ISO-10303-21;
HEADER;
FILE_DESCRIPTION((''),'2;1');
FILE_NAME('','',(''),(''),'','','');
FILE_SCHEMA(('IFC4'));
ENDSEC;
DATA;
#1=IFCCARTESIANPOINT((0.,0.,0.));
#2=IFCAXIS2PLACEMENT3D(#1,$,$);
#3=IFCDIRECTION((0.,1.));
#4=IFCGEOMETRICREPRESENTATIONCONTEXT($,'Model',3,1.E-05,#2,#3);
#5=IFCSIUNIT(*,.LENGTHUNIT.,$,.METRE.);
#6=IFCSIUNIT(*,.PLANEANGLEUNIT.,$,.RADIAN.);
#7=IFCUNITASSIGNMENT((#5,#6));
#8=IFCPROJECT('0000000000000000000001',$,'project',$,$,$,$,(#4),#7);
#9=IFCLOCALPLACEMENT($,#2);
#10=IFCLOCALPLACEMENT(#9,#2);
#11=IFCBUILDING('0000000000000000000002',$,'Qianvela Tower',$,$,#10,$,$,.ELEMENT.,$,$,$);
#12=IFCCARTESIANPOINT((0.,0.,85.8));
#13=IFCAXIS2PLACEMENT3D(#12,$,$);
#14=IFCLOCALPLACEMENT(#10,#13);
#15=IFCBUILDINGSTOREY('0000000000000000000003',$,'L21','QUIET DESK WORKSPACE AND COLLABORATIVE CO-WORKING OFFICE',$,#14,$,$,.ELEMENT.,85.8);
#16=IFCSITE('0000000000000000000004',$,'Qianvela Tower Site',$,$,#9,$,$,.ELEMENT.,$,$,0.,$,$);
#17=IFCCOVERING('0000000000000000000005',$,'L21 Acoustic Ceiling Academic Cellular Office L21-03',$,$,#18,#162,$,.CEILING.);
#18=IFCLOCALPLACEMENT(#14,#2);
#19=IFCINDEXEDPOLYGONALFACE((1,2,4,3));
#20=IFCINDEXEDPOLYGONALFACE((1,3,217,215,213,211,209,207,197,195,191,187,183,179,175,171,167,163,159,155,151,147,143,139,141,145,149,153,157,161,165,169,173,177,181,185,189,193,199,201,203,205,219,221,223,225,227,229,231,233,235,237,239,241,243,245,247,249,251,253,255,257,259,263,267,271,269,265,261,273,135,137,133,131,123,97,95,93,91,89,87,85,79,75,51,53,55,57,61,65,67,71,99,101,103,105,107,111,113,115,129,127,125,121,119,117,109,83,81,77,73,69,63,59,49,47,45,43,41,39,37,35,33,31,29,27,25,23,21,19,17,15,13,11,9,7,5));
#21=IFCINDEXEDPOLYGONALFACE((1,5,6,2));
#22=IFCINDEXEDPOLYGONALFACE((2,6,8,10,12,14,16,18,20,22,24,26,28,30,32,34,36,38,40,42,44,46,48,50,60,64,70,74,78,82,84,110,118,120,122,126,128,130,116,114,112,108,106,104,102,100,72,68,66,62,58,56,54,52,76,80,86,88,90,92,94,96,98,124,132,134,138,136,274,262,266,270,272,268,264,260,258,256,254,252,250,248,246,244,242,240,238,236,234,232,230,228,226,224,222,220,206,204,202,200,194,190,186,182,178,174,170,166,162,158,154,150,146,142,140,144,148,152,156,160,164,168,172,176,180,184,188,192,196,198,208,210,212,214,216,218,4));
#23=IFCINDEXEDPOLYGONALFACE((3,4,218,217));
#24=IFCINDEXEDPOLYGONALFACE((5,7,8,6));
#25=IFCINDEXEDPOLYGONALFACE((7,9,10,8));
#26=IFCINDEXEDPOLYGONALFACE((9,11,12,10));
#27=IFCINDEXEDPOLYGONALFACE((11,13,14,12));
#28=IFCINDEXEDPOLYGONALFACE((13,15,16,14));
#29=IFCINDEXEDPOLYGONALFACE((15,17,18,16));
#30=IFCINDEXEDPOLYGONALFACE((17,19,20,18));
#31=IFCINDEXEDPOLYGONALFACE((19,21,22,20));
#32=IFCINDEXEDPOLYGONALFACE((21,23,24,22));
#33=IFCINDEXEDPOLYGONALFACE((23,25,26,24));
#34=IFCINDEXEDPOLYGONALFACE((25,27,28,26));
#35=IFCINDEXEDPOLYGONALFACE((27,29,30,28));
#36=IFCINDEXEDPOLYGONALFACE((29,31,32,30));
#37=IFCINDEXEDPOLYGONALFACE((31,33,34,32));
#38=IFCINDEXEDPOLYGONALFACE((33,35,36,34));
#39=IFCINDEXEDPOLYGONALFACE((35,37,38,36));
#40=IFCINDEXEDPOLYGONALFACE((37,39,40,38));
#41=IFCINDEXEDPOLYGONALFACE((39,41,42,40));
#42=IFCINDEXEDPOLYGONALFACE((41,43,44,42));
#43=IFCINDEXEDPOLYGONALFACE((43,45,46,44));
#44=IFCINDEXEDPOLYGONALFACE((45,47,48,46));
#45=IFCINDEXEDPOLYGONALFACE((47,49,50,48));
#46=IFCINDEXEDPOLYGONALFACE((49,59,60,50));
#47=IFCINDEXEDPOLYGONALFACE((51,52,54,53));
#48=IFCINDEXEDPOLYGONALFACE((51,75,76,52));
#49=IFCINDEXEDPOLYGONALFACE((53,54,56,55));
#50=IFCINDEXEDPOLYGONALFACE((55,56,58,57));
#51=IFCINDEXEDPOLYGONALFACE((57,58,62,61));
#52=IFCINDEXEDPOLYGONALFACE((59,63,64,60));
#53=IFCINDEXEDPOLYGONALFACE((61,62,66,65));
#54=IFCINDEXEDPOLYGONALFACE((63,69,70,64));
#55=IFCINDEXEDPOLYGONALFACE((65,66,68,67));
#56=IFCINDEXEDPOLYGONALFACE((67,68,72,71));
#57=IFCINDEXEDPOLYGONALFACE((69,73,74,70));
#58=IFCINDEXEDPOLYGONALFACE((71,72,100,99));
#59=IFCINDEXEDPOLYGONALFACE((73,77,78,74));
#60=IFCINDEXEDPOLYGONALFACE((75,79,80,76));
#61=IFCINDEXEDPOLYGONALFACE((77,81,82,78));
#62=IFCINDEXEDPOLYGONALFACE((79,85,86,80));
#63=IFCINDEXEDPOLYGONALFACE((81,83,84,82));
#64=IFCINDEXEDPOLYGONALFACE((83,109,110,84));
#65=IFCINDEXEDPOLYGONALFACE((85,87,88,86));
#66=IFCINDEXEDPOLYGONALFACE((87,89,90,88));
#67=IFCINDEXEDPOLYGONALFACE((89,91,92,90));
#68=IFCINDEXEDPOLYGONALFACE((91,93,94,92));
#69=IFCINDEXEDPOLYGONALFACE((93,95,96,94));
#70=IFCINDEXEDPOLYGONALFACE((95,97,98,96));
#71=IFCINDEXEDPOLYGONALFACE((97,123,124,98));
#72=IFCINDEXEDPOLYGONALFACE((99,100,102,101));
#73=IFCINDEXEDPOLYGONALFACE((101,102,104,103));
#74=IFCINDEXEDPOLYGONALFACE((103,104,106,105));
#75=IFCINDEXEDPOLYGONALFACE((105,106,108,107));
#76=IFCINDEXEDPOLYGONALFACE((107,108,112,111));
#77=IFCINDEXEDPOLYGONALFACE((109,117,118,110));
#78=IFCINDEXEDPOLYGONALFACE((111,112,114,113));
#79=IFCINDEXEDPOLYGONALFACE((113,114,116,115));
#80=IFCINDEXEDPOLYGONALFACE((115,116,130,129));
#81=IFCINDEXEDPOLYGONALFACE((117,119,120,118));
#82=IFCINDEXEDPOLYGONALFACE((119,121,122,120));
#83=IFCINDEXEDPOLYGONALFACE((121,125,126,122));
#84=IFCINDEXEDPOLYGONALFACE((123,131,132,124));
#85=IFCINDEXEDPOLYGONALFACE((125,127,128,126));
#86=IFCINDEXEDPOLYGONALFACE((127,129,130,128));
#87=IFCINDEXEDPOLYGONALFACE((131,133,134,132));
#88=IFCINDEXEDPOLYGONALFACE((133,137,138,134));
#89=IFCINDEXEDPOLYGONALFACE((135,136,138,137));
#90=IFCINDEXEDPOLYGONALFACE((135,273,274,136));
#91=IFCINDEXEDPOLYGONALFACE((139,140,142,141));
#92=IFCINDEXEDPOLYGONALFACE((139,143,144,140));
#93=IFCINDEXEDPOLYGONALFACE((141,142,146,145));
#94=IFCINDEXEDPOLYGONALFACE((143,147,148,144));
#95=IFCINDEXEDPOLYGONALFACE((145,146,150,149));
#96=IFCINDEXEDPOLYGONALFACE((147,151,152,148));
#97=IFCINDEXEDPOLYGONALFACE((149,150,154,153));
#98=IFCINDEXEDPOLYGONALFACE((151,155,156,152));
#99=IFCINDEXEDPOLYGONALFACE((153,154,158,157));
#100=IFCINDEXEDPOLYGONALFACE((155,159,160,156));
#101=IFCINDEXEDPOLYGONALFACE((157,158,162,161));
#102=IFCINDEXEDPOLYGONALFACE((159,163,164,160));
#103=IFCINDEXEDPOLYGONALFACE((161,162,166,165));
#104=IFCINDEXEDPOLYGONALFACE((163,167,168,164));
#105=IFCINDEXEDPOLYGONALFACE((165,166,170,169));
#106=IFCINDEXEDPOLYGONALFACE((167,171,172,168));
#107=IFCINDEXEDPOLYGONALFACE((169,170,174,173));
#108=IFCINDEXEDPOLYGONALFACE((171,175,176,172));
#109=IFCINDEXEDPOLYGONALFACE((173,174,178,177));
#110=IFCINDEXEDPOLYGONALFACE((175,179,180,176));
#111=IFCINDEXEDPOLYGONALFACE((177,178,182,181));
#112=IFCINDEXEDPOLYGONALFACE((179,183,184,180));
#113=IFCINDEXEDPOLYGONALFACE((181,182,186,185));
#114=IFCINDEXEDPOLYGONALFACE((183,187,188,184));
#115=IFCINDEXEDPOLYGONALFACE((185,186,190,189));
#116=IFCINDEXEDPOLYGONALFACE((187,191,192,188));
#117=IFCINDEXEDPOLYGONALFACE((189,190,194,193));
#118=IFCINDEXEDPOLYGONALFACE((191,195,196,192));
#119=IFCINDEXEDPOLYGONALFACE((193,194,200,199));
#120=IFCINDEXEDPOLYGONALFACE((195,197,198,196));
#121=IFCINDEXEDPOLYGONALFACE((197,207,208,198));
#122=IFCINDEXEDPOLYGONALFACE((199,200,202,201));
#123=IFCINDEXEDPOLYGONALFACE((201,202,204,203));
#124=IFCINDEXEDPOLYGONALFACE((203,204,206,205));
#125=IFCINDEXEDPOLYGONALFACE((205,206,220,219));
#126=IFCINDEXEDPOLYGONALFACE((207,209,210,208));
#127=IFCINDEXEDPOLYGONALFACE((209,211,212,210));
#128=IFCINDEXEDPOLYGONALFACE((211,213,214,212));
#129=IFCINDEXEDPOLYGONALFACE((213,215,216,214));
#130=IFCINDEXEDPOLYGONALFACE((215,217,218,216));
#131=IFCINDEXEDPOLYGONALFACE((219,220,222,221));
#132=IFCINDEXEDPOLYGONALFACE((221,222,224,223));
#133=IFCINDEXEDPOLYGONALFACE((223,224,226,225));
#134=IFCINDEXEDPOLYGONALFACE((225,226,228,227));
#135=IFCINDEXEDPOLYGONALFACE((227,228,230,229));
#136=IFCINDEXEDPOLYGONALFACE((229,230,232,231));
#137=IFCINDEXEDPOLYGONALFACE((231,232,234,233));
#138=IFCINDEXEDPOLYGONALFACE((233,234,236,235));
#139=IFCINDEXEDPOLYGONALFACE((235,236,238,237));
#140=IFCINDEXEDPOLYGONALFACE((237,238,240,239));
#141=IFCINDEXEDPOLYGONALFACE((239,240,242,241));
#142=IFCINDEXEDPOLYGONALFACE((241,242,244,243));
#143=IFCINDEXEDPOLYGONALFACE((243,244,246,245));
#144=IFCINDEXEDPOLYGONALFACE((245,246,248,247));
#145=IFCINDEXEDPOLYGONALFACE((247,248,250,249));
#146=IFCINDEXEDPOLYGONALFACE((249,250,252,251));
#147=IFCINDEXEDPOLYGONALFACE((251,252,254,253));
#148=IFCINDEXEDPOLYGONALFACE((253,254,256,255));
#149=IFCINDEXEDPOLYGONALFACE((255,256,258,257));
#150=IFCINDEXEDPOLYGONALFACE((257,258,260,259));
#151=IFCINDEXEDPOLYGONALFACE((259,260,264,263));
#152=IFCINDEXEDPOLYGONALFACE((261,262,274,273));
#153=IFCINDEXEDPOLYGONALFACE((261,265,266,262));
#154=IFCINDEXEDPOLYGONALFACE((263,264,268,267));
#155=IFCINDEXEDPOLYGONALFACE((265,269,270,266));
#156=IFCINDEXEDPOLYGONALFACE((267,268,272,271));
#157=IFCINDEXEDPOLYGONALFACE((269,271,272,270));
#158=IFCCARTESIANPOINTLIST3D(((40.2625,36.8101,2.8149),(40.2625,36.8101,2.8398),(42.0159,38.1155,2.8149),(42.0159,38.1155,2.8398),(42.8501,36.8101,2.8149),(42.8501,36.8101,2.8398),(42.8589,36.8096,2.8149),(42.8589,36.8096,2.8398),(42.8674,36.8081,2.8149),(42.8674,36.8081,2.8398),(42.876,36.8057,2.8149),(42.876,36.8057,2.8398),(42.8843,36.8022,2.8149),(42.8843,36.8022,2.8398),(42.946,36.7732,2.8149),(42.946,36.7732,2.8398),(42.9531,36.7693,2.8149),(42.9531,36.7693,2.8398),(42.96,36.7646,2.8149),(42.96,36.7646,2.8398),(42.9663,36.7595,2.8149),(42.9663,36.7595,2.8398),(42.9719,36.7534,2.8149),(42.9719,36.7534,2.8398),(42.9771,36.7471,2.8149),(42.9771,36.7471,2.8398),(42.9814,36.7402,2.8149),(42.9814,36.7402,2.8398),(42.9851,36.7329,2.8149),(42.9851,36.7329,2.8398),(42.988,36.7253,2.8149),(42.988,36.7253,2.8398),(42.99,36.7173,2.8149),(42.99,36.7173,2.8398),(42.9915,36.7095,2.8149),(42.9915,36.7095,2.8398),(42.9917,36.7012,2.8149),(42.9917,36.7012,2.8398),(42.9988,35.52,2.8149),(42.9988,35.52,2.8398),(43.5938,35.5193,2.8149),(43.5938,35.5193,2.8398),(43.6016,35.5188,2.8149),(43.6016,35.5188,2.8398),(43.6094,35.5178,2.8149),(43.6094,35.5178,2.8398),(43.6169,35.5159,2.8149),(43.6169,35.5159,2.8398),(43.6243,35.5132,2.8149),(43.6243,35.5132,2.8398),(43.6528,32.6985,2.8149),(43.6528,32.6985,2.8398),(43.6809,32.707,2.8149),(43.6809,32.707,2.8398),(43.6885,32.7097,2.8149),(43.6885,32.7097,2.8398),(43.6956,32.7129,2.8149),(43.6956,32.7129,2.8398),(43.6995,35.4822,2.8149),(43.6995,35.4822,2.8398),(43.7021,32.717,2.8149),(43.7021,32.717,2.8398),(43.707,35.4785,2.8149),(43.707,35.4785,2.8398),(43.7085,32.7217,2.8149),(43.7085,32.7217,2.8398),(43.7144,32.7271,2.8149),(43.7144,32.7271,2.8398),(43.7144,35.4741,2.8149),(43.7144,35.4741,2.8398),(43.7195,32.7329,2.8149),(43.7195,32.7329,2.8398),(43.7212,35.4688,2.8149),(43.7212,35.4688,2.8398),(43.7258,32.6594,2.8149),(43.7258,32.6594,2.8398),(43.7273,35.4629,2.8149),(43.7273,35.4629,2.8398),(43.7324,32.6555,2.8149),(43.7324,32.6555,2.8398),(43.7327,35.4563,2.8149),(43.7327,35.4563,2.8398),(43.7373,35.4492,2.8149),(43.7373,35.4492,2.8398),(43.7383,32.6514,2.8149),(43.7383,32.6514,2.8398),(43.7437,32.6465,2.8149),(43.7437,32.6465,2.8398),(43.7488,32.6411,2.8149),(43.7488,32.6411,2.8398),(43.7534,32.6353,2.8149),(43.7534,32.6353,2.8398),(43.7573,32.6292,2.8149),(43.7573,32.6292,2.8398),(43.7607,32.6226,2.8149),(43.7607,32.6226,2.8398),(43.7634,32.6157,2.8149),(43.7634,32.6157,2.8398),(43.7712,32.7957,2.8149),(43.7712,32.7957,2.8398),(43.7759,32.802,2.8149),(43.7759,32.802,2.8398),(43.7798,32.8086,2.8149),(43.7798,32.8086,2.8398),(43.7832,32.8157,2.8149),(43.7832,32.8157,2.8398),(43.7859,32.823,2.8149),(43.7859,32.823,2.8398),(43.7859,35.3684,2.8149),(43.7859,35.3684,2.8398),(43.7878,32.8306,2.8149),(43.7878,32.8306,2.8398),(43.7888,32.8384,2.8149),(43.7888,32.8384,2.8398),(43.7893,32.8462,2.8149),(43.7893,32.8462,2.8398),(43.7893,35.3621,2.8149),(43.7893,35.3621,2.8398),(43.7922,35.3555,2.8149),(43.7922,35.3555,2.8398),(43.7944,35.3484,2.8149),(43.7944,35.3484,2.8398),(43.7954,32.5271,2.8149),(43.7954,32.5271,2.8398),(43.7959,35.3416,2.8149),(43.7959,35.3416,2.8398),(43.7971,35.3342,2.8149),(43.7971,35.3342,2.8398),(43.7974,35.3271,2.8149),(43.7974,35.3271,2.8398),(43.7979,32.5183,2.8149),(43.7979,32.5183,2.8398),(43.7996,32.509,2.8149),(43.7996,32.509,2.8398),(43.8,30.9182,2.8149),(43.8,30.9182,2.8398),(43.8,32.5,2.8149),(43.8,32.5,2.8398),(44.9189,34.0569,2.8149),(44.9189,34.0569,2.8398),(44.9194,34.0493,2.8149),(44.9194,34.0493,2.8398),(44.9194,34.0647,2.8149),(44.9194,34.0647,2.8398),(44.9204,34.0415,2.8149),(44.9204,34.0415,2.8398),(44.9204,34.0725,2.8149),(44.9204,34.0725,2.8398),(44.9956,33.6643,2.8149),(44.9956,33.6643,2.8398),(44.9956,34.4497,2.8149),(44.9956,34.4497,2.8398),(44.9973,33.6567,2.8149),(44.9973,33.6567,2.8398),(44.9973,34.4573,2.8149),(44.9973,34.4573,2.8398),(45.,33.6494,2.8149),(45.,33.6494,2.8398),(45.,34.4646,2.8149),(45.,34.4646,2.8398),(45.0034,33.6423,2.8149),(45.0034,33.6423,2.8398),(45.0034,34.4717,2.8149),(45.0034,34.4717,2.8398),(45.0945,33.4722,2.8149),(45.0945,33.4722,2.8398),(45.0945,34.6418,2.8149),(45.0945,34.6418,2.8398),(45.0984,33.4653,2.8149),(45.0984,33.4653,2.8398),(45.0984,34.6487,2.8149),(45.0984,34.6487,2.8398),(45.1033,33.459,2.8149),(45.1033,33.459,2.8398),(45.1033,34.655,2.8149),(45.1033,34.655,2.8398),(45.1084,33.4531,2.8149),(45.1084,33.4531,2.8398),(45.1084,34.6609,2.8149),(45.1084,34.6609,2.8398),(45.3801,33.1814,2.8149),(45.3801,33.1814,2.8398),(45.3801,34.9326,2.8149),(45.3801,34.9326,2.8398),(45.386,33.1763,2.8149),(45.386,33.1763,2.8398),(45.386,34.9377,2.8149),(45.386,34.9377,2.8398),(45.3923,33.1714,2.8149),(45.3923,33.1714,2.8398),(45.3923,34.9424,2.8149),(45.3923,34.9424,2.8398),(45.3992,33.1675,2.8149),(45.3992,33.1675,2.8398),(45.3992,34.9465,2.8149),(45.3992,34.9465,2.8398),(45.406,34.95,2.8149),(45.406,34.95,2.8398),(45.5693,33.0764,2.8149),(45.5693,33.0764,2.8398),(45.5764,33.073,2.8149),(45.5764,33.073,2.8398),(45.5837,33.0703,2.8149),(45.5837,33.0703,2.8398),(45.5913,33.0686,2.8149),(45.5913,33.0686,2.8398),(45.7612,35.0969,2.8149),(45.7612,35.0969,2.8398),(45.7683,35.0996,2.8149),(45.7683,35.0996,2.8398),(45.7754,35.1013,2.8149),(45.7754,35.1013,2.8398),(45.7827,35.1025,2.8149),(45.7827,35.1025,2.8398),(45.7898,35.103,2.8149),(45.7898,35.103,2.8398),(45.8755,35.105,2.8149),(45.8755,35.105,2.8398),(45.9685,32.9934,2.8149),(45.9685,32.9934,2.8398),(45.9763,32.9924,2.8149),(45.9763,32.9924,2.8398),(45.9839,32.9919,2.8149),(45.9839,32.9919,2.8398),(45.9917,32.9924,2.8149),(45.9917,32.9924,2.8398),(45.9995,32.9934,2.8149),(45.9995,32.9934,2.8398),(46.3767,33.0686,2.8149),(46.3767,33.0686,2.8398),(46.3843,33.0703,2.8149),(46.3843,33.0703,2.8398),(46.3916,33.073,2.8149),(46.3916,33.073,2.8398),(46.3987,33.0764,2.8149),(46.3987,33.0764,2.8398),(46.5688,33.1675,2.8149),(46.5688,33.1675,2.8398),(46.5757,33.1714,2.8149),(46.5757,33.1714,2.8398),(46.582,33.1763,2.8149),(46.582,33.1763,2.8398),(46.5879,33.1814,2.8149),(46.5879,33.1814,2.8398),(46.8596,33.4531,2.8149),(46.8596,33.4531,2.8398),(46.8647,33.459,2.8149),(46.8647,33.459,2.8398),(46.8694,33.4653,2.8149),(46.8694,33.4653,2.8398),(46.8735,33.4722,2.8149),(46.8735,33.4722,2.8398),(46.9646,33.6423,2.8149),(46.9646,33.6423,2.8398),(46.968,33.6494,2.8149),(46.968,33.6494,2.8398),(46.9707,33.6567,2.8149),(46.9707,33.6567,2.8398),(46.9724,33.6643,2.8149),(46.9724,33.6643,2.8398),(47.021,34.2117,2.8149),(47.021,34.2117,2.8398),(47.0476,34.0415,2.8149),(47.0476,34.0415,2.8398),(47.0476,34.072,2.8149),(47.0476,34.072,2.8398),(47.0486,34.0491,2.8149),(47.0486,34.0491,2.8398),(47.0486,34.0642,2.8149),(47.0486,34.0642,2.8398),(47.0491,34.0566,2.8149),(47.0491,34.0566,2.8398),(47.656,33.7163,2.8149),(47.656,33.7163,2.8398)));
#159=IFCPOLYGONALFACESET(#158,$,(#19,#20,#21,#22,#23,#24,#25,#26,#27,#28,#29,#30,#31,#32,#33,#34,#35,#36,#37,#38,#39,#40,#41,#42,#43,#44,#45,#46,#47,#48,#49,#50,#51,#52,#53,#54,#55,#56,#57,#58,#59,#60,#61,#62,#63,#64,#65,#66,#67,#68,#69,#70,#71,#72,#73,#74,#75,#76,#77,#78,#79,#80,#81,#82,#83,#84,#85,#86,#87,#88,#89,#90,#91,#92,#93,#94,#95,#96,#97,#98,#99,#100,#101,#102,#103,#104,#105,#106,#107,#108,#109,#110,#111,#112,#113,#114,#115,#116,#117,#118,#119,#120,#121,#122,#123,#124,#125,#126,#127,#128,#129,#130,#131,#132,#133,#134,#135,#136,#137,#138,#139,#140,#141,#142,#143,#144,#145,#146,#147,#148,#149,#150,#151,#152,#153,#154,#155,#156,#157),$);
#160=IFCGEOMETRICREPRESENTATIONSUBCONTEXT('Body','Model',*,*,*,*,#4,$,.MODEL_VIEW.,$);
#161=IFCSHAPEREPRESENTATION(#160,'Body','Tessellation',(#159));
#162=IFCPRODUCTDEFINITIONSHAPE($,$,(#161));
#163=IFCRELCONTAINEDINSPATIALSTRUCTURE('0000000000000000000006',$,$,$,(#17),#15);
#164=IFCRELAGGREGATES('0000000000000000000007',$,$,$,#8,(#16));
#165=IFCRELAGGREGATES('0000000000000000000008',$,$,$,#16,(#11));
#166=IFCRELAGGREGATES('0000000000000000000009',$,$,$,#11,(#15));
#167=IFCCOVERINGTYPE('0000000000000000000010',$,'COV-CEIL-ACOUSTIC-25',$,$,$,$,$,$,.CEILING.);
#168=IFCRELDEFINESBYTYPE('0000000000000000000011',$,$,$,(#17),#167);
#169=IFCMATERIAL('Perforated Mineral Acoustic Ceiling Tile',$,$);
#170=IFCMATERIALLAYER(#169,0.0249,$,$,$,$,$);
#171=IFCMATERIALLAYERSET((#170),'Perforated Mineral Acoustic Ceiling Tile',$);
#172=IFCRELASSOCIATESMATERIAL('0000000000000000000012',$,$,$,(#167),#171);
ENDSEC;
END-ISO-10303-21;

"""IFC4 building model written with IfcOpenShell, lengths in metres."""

from ifc_helpers import new_model, si_unit, direction, frame, origin, place, context, subcontext, project, spatial, polyline, outline, extrude, material, layer, layer_set, type_object, element, save


model = new_model("IFC4")

# Units and contexts
model_context = context("Model", 3, precision=1e-05, world=origin(), true_north=direction((0.0, 1.0)))
body_context = subcontext(model_context, "Body", "Model", "MODEL_VIEW")
ifc_project = project(units=[si_unit("LENGTHUNIT", "METRE"), si_unit("PLANEANGLEUNIT", "RADIAN")], contexts=[model_context])

# Site, building, storey
site_placement = place(None, origin())
site = spatial("IfcSite", under=ifc_project, at=site_placement, Name="Qianvela Tower Site", CompositionType="ELEMENT", RefElevation=0.0)
building_placement = place(site_placement, origin())
building = spatial("IfcBuilding", under=site, at=building_placement, Name="Qianvela Tower", CompositionType="ELEMENT")
storey_placement = place(building_placement, frame((0.0, 0.0, 85.8)))
storey = spatial("IfcBuildingStorey", under=building, at=storey_placement, Name="L21", Description="QUIET DESK WORKSPACE AND COLLABORATIVE CO-WORKING OFFICE", CompositionType="ELEMENT", Elevation=85.8)

# Covering
ifc_material_1 = material(Name="Perforated Mineral Acoustic Ceiling Tile")
ifc_layer_1 = layer(ifc_material_1, 0.0249)
ifc_layer_set_1 = layer_set([ifc_layer_1], Name="Perforated Mineral Acoustic Ceiling Tile")
covering_type_1 = type_object("IfcCoveringType", Name="COV-CEIL-ACOUSTIC-25", PredefinedType="CEILING", material=ifc_layer_set_1)
covering_1_placement = place(storey_placement, frame((0.0, 0.0, 2.8149)))
element("IfcCovering", 1, at=covering_1_placement, inside=storey, type_object=covering_type_1, Name="L21 Acoustic Ceiling Academic Cellular Office L21-03", PredefinedType="CEILING", context=body_context, shape_type="SweptSolid", body=[
    extrude(outline(polyline([(43.6528, 32.6985), (43.6809, 32.707), (43.6885, 32.7097), (43.6956, 32.7129), (43.7021, 32.717), (43.7085, 32.7217), (43.7144, 32.7271), (43.7195, 32.7329), (43.7712, 32.7957), (43.7759, 32.802), (43.7798, 32.8086), (43.7832, 32.8157), (43.7859, 32.823), (43.7878, 32.8306), (43.7888, 32.8384), (43.7893, 32.8462), (43.7974, 35.3271), (43.7971, 35.3342), (43.7959, 35.3416), (43.7944, 35.3484), (43.7922, 35.3555), (43.7893, 35.3621), (43.7859, 35.3684), (43.7373, 35.4492), (43.7327, 35.4563), (43.7273, 35.4629), (43.7212, 35.4688), (43.7144, 35.4741), (43.707, 35.4785), (43.6995, 35.4822), (43.6243, 35.5132), (43.6169, 35.5159), (43.6094, 35.5178), (43.6016, 35.5188), (43.5938, 35.5193), (42.9988, 35.52), (42.9917, 36.7012), (42.9915, 36.7095), (42.99, 36.7173), (42.988, 36.7253), (42.9851, 36.7329), (42.9814, 36.7402), (42.9771, 36.7471), (42.9719, 36.7534), (42.9663, 36.7595), (42.96, 36.7646), (42.9531, 36.7693), (42.946, 36.7732), (42.8843, 36.8022), (42.876, 36.8057), (42.8674, 36.8081), (42.8589, 36.8096), (42.8501, 36.8101), (40.2625, 36.8101), (42.0159, 38.1155), (45.8755, 35.105), (45.7898, 35.103), (45.7827, 35.1025), (45.7754, 35.1013), (45.7683, 35.0996), (45.7612, 35.0969), (45.406, 34.95), (45.3992, 34.9465), (45.3923, 34.9424), (45.386, 34.9377), (45.3801, 34.9326), (45.1084, 34.6609), (45.1033, 34.655), (45.0984, 34.6487), (45.0945, 34.6418), (45.0034, 34.4717), (45.0, 34.4646), (44.9973, 34.4573), (44.9956, 34.4497), (44.9204, 34.0725), (44.9194, 34.0647), (44.9189, 34.0569), (44.9194, 34.0493), (44.9204, 34.0415), (44.9956, 33.6643), (44.9973, 33.6567), (45.0, 33.6494), (45.0034, 33.6423), (45.0945, 33.4722), (45.0984, 33.4653), (45.1033, 33.459), (45.1084, 33.4531), (45.3801, 33.1814), (45.386, 33.1763), (45.3923, 33.1714), (45.3992, 33.1675), (45.5693, 33.0764), (45.5764, 33.073), (45.5837, 33.0703), (45.5913, 33.0686), (45.9685, 32.9934), (45.9763, 32.9924), (45.9839, 32.9919), (45.9917, 32.9924), (45.9995, 32.9934), (46.3767, 33.0686), (46.3843, 33.0703), (46.3916, 33.073), (46.3987, 33.0764), (46.5688, 33.1675), (46.5757, 33.1714), (46.582, 33.1763), (46.5879, 33.1814), (46.8596, 33.4531), (46.8647, 33.459), (46.8694, 33.4653), (46.8735, 33.4722), (46.9646, 33.6423), (46.968, 33.6494), (46.9707, 33.6567), (46.9724, 33.6643), (47.0476, 34.0415), (47.0486, 34.0491), (47.0491, 34.0566), (47.0486, 34.0642), (47.0476, 34.072), (47.021, 34.2117), (47.656, 33.7163), (43.8, 30.9182), (43.8, 32.5), (43.7996, 32.509), (43.7979, 32.5183), (43.7954, 32.5271), (43.7634, 32.6157), (43.7607, 32.6226), (43.7573, 32.6292), (43.7534, 32.6353), (43.7488, 32.6411), (43.7437, 32.6465), (43.7383, 32.6514), (43.7324, 32.6555), (43.7258, 32.6594), (43.6528, 32.6985)])), origin(), (0.0, 0.0, 1.0), 0.0249),
])

save(model, "model.ifc")
